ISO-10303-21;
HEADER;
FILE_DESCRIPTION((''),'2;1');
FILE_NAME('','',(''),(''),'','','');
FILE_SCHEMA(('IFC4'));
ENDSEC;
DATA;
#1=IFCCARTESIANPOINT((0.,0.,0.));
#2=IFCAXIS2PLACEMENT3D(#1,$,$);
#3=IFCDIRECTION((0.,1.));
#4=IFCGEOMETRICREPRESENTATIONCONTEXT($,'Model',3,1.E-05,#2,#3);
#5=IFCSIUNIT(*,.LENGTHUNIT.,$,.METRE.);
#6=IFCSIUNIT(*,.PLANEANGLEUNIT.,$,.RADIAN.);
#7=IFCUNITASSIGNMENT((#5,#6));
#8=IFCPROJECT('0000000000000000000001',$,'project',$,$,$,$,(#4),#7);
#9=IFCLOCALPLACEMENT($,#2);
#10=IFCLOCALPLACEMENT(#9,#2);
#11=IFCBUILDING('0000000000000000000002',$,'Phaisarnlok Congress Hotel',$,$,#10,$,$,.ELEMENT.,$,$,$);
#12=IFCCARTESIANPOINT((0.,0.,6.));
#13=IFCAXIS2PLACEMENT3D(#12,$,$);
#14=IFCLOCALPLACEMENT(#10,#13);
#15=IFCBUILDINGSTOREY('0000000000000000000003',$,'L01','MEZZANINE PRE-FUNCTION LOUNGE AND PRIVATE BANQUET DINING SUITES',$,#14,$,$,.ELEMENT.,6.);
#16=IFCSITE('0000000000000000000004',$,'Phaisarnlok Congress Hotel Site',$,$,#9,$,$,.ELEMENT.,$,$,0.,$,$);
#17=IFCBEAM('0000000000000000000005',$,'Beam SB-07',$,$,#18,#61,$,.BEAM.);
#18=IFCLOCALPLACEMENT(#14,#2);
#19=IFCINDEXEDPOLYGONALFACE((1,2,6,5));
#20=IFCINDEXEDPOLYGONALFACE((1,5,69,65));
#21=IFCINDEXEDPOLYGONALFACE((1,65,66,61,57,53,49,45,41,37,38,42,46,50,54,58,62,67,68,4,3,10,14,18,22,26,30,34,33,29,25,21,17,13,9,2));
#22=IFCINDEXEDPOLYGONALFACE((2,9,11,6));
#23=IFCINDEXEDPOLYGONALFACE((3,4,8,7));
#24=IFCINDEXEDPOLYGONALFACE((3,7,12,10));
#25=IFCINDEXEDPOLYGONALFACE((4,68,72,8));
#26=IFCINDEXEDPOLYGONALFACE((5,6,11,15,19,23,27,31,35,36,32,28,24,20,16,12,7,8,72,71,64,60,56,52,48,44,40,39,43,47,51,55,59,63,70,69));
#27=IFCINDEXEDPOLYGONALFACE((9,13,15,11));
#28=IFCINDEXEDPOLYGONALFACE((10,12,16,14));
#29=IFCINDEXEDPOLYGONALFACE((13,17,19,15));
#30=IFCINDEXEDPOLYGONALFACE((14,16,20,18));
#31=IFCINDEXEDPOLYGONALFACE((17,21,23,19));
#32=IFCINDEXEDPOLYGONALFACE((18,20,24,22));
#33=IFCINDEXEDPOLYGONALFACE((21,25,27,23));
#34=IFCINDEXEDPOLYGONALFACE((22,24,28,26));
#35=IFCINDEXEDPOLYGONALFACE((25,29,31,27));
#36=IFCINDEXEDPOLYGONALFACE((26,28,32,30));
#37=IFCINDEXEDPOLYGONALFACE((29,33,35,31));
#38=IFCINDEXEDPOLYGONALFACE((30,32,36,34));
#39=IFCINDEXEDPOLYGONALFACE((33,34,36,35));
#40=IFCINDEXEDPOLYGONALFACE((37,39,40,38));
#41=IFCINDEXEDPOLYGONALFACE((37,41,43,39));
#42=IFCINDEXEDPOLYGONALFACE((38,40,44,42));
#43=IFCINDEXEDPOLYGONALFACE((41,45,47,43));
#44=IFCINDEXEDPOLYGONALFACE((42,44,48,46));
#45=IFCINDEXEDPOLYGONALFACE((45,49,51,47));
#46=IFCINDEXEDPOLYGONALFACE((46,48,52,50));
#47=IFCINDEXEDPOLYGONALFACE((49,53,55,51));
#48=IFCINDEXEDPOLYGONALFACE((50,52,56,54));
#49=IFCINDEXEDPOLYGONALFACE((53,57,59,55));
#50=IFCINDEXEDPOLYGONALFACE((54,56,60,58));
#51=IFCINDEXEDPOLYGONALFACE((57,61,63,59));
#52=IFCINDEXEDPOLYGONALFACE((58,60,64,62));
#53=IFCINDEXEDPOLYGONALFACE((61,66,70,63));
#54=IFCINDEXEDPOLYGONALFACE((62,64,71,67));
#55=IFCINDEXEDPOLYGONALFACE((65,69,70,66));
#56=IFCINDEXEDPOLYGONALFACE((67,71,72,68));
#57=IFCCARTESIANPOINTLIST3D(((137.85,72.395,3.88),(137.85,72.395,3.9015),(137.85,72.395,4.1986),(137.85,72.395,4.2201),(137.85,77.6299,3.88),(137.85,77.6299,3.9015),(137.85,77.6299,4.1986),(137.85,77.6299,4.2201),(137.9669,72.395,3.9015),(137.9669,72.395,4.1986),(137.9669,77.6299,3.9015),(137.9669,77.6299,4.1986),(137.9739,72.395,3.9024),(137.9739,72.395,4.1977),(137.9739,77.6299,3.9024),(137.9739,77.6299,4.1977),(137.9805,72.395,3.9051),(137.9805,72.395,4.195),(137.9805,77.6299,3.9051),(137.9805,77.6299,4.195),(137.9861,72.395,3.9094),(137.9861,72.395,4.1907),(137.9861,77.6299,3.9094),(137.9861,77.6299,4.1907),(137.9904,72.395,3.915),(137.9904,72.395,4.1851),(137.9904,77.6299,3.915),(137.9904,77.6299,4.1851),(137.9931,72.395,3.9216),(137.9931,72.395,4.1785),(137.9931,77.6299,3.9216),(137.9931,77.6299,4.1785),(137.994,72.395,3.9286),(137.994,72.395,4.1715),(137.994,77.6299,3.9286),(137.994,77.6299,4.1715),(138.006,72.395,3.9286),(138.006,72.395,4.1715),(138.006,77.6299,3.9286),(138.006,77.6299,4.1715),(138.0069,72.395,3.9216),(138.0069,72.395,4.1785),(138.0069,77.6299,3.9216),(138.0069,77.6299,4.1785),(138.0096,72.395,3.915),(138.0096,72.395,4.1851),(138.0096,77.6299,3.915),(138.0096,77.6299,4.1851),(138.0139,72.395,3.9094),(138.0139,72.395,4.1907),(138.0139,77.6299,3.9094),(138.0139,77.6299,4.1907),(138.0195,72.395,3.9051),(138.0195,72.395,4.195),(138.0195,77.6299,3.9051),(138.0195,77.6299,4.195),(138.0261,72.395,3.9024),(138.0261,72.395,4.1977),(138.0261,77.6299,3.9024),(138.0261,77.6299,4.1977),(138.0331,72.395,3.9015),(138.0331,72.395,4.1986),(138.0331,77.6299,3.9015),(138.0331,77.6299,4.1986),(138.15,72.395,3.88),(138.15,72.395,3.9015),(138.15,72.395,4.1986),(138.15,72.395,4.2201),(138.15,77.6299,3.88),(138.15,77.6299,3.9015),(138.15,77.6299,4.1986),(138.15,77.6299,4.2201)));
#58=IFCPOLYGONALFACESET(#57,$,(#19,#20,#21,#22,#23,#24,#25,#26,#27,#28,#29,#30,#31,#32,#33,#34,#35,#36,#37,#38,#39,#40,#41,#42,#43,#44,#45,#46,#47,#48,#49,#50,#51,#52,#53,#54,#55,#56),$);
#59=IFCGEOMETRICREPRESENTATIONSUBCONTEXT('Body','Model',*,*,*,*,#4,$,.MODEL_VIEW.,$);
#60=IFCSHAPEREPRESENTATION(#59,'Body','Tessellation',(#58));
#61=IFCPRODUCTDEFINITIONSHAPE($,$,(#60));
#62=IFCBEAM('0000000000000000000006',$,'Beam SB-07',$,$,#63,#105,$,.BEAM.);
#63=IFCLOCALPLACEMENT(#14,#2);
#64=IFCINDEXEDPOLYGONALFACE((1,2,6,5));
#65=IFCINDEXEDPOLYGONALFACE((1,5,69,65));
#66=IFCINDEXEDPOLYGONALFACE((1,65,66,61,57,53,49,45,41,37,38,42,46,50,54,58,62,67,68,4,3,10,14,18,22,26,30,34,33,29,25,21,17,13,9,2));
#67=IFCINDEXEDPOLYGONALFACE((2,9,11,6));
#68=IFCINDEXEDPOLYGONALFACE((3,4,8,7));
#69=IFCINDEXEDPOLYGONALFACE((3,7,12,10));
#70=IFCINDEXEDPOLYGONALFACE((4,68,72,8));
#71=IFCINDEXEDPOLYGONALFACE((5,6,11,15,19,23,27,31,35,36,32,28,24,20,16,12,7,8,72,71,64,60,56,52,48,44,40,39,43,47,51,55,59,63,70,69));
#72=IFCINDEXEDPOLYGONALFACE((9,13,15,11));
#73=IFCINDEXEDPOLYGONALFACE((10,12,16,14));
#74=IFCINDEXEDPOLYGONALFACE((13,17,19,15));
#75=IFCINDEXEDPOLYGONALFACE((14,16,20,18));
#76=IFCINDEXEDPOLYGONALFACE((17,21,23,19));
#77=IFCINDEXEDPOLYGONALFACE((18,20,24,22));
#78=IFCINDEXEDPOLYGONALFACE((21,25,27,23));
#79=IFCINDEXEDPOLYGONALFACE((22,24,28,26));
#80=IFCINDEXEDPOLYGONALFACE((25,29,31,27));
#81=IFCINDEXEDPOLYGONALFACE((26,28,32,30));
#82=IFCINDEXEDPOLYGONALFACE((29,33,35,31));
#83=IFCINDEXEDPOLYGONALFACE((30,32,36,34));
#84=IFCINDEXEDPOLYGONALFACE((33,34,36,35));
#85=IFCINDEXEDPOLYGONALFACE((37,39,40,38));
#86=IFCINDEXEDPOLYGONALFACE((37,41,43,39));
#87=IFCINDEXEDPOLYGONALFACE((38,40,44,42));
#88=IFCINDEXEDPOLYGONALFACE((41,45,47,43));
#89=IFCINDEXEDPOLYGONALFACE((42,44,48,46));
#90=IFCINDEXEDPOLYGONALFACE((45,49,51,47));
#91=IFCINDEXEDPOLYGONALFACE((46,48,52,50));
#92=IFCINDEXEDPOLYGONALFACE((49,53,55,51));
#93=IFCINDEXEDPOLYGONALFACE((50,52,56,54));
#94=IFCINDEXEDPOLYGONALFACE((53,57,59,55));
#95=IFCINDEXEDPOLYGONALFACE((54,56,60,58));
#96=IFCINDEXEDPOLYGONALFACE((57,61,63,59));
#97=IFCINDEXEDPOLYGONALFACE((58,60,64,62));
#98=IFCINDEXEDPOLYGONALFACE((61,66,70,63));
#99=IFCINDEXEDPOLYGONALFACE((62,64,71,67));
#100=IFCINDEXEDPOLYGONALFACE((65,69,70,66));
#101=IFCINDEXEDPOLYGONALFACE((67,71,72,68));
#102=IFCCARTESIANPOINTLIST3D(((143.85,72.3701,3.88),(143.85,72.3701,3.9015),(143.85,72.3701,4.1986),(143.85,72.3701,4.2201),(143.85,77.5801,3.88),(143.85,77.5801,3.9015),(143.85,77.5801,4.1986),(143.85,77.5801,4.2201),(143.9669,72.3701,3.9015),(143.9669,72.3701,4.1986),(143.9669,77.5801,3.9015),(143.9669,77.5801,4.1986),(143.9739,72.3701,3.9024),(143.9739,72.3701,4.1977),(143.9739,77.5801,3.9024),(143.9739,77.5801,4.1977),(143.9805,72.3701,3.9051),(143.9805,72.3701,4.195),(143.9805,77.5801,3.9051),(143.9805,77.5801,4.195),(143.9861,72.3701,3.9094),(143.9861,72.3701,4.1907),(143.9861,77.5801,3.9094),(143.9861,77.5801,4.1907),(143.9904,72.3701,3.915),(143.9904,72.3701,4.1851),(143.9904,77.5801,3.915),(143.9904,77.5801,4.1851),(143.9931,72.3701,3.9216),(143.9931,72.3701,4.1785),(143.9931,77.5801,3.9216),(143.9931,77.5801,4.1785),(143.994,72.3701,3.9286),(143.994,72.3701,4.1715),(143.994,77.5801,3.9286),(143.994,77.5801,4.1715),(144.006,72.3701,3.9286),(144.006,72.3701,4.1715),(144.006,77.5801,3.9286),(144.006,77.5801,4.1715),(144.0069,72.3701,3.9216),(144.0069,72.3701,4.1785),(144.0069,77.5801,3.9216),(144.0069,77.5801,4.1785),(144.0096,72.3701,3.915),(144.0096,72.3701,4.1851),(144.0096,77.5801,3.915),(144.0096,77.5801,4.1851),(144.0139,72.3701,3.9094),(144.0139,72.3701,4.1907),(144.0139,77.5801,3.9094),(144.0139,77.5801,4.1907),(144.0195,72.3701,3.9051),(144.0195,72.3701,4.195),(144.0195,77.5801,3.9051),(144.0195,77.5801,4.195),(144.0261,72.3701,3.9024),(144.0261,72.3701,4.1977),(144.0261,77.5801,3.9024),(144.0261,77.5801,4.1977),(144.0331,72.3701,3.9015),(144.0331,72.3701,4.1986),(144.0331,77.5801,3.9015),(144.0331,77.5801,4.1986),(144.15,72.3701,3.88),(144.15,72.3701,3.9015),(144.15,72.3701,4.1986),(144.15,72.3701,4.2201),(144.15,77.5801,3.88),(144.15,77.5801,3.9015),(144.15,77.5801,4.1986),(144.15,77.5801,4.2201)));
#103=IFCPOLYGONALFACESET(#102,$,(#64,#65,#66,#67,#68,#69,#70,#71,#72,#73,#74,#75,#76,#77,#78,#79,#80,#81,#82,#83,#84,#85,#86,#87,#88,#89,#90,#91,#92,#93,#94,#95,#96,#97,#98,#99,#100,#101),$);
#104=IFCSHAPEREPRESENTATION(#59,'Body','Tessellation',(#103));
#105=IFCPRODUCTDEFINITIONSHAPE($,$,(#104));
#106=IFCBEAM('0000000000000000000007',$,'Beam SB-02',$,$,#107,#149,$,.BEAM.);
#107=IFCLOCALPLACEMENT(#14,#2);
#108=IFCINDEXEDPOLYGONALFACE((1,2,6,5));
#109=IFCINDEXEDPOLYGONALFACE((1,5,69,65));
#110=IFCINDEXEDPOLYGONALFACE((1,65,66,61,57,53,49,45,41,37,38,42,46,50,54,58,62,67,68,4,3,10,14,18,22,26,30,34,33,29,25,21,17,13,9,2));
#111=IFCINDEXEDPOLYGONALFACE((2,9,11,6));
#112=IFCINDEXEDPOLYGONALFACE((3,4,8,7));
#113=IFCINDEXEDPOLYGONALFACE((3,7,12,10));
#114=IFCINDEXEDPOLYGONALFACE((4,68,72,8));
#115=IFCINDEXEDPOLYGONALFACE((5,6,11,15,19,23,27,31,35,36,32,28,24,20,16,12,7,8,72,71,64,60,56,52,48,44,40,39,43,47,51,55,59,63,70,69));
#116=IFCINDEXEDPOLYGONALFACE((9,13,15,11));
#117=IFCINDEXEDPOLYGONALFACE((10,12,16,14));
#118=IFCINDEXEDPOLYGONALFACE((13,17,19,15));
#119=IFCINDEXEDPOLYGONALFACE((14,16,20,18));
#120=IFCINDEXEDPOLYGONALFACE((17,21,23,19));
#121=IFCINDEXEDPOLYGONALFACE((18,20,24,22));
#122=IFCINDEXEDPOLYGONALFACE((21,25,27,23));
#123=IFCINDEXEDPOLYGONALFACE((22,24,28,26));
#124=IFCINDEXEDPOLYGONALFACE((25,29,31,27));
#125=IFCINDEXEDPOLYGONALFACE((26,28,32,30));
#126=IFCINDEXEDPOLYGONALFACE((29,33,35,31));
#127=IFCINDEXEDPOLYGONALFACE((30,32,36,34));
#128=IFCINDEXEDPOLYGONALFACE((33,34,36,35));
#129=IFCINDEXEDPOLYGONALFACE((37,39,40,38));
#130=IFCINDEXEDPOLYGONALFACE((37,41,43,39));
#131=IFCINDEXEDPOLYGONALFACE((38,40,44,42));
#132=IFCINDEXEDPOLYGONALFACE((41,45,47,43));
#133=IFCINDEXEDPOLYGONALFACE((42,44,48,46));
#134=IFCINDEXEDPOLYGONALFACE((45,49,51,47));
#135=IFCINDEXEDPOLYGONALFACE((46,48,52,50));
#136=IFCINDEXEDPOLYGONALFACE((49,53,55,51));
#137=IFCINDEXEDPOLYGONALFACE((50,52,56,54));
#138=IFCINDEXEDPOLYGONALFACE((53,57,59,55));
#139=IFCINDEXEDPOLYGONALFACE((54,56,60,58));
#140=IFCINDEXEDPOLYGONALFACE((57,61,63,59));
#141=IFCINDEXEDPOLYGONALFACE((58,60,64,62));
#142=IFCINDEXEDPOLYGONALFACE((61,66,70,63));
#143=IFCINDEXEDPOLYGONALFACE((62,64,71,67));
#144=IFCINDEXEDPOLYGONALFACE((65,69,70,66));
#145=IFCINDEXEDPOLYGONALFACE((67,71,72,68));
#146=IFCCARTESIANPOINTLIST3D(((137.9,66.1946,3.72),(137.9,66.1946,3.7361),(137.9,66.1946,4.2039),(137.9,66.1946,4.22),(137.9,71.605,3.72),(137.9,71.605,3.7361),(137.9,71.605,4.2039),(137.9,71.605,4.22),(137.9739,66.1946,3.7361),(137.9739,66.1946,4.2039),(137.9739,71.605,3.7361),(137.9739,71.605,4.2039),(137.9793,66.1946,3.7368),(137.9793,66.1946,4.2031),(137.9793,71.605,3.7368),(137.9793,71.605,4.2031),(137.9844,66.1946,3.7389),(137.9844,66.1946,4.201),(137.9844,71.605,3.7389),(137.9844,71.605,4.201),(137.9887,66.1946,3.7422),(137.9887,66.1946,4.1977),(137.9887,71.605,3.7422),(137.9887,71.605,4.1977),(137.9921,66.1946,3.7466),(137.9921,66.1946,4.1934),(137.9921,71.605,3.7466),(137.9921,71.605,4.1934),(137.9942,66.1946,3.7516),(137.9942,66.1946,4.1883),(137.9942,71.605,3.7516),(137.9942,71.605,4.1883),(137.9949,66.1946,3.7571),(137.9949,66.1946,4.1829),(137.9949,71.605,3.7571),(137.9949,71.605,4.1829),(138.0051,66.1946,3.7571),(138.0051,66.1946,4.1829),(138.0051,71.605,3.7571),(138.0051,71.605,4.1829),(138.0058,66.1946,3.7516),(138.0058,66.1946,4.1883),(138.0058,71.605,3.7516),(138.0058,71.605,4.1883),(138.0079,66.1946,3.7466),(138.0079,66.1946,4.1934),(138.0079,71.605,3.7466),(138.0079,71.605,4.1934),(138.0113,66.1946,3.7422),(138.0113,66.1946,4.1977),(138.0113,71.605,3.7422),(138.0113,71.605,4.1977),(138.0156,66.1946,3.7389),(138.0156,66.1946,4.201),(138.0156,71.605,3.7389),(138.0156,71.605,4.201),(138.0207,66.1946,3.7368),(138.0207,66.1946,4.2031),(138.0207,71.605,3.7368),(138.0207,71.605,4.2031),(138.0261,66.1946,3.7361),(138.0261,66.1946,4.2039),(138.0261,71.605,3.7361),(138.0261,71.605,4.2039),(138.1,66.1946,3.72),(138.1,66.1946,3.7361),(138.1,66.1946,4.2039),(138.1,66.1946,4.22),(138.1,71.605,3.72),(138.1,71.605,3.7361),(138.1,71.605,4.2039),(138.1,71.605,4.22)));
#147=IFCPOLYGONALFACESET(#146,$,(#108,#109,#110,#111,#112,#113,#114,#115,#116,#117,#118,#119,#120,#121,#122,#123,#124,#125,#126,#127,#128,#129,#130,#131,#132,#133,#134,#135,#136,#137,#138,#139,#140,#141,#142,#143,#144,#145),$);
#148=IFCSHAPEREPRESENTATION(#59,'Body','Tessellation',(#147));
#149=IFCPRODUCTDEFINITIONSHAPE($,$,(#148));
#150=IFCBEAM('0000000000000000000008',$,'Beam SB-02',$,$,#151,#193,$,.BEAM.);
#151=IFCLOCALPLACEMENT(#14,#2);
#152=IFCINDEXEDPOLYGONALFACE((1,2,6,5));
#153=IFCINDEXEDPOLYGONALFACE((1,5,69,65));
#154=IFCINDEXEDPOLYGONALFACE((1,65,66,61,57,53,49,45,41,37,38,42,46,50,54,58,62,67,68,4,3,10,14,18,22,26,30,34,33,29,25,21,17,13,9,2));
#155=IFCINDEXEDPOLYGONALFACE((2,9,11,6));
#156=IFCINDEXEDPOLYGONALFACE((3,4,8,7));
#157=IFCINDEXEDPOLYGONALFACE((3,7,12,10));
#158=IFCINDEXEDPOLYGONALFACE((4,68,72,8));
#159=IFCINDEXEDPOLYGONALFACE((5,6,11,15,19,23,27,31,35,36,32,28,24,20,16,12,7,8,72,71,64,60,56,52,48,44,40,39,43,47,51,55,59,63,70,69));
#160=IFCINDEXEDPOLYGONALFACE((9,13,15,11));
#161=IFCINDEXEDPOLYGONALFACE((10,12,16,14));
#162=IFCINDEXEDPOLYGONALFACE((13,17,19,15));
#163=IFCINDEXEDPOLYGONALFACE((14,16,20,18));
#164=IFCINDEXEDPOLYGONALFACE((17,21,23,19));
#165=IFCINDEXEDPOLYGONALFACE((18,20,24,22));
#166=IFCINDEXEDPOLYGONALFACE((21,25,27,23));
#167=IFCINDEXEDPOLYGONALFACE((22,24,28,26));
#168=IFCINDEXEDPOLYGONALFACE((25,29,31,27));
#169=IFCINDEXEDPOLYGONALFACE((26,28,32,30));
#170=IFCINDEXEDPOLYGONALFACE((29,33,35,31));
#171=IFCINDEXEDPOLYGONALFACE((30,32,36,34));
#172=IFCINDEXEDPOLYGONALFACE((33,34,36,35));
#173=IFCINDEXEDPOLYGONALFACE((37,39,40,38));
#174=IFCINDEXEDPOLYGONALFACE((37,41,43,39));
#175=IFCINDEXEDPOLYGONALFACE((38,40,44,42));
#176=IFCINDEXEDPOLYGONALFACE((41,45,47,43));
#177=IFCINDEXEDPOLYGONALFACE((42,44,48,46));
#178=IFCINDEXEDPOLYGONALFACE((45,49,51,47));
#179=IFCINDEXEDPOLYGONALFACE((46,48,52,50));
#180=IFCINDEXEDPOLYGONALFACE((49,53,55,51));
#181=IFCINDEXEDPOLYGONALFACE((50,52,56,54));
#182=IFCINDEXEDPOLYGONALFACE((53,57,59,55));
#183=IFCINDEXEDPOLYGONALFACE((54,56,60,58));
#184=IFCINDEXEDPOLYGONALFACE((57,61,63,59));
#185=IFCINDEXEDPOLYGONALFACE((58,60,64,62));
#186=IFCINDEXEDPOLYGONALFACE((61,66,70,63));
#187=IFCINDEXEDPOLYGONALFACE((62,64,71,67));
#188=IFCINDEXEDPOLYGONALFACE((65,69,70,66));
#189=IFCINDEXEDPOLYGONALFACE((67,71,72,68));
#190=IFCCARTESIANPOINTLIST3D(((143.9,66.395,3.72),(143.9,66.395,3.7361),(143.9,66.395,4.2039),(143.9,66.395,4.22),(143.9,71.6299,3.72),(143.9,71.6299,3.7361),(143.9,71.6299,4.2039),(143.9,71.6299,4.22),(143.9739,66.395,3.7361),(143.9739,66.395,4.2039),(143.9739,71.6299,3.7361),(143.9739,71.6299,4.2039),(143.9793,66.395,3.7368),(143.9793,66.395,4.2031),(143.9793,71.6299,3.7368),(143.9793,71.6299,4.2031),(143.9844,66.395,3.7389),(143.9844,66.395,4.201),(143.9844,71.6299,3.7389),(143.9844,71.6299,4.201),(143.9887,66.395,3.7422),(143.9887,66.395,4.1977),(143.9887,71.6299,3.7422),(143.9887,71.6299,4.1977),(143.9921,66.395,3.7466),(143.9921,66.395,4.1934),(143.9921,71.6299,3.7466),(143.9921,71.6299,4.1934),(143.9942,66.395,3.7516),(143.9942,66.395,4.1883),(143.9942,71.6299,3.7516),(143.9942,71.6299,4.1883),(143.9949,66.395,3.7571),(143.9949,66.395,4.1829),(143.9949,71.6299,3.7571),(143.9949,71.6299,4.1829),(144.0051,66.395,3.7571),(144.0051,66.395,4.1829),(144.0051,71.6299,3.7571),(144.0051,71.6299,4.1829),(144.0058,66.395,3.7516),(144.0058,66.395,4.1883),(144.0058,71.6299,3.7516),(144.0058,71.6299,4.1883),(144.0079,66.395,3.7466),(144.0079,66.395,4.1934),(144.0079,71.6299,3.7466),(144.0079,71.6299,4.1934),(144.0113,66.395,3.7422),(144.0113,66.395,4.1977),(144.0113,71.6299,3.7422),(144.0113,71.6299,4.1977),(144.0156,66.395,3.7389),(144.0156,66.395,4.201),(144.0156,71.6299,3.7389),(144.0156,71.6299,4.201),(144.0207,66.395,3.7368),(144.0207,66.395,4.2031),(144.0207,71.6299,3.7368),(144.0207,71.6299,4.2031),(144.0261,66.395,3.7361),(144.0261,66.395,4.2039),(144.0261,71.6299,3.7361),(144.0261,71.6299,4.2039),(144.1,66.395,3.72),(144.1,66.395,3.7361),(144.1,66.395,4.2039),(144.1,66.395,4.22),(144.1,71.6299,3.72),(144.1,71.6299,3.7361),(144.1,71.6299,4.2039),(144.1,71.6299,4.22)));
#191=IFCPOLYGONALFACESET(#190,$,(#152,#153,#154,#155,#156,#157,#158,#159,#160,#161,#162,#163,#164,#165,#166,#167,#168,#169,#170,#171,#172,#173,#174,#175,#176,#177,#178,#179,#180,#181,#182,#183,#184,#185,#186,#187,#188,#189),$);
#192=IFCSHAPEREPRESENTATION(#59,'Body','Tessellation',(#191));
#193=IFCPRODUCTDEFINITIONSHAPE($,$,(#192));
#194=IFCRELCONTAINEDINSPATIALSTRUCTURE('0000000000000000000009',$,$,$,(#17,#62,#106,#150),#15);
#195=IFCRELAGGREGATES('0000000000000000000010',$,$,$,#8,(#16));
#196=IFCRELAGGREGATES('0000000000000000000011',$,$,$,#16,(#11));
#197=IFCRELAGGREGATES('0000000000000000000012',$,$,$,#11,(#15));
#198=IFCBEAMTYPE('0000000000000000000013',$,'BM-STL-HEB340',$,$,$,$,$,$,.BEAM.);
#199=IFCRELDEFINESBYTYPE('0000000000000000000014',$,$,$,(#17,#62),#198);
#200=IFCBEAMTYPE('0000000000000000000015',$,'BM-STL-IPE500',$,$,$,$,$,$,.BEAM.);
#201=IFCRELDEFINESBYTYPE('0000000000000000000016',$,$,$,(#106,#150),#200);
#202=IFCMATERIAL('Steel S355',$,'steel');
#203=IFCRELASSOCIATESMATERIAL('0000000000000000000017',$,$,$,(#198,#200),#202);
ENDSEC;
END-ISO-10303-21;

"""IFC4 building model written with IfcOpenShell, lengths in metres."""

from ifc_helpers import new_model, si_unit, direction, frame, origin, origin_2d, place, context, subcontext, project, spatial, i_section, extrude, material, material_profile, profile_set, type_object, element, save


model = new_model("IFC4")

# Units and contexts
model_context = context("Model", 3, precision=1e-05, world=origin(), true_north=direction((0.0, 1.0)))
body_context = subcontext(model_context, "Body", "Model", "MODEL_VIEW")
ifc_project = project(units=[si_unit("LENGTHUNIT", "METRE"), si_unit("PLANEANGLEUNIT", "RADIAN")], contexts=[model_context])

# Site, building, storey
site_placement = place(None, origin())
site = spatial("IfcSite", under=ifc_project, at=site_placement, Name="Phaisarnlok Congress Hotel Site", CompositionType="ELEMENT", RefElevation=0.0)
building_placement = place(site_placement, origin())
building = spatial("IfcBuilding", under=site, at=building_placement, Name="Phaisarnlok Congress Hotel", CompositionType="ELEMENT")
storey_placement = place(building_placement, frame((0.0, 0.0, 6.0)))
storey = spatial("IfcBuildingStorey", under=building, at=storey_placement, Name="L01", Description="MEZZANINE PRE-FUNCTION LOUNGE AND PRIVATE BANQUET DINING SUITES", CompositionType="ELEMENT", Elevation=6.0)

# Shared definitions
ifc_material_1 = material(Name="Steel S355", Category="steel")

# Beams
ifc_material_profile_1 = material_profile(ifc_material_1, i_section(OverallWidth=0.3, OverallDepth=0.3401, WebThickness=0.012, FlangeThickness=0.0215, FilletRadius=0.0271, at=origin_2d()), Name="HEB 340")
ifc_profile_set_1 = profile_set([ifc_material_profile_1], Name="Steel S355")
beam_type_1 = type_object("IfcBeamType", Name="BM-STL-HEB340", PredefinedType="BEAM", material=ifc_profile_set_1)
beam_1_placement = place(storey_placement, frame((138.0, 72.395, 4.05), z_axis=(0.0, 1.0, 0.0), x_axis=(-1.0, 0.0, 0.0)))
element("IfcBeam", 1, at=beam_1_placement, inside=storey, type_object=beam_type_1, Name="Beam SB-07", PredefinedType="BEAM", context=body_context, shape_type="SweptSolid", body=[
    extrude(i_section(OverallWidth=0.3, OverallDepth=0.3401, WebThickness=0.012, FlangeThickness=0.0215, FilletRadius=0.0271, at=origin_2d()), origin(), (0.0, 0.0, 1.0), 5.2349),
])
beam_2_placement = place(storey_placement, frame((144.0, 72.3701, 4.05), z_axis=(0.0, 1.0, 0.0), x_axis=(-1.0, 0.0, 0.0)))
element("IfcBeam", 2, at=beam_2_placement, inside=storey, type_object=beam_type_1, Name="Beam SB-07", PredefinedType="BEAM", context=body_context, shape_type="SweptSolid", body=[
    extrude(i_section(OverallWidth=0.3, OverallDepth=0.3401, WebThickness=0.012, FlangeThickness=0.0215, FilletRadius=0.0271, at=origin_2d()), origin(), (0.0, 0.0, 1.0), 5.21),
])
ifc_material_profile_2 = material_profile(ifc_material_1, i_section(OverallWidth=0.2, OverallDepth=0.5, WebThickness=0.0103, FlangeThickness=0.0161, FilletRadius=0.021, at=origin_2d()), Name="IPE 500")
ifc_profile_set_2 = profile_set([ifc_material_profile_2], Name="Steel S355")
beam_type_2 = type_object("IfcBeamType", Name="BM-STL-IPE500", PredefinedType="BEAM", material=ifc_profile_set_2)
beam_3_placement = place(storey_placement, frame((138.0, 66.1946, 3.97), z_axis=(0.0, 1.0, 0.0), x_axis=(-1.0, 0.0, 0.0)))
element("IfcBeam", 3, at=beam_3_placement, inside=storey, type_object=beam_type_2, Name="Beam SB-02", PredefinedType="BEAM", context=body_context, shape_type="SweptSolid", body=[
    extrude(i_section(OverallWidth=0.2, OverallDepth=0.5, WebThickness=0.0103, FlangeThickness=0.0161, FilletRadius=0.021, at=origin_2d()), origin(), (0.0, 0.0, 1.0), 5.4104),
])
beam_4_placement = place(storey_placement, frame((144.0, 66.395, 3.97), z_axis=(0.0, 1.0, 0.0), x_axis=(-1.0, 0.0, 0.0)))
element("IfcBeam", 4, at=beam_4_placement, inside=storey, type_object=beam_type_2, Name="Beam SB-02", PredefinedType="BEAM", context=body_context, shape_type="SweptSolid", body=[
    extrude(i_section(OverallWidth=0.2, OverallDepth=0.5, WebThickness=0.0103, FlangeThickness=0.0161, FilletRadius=0.021, at=origin_2d()), origin(), (0.0, 0.0, 1.0), 5.2349),
])

save(model, "model.ifc")
